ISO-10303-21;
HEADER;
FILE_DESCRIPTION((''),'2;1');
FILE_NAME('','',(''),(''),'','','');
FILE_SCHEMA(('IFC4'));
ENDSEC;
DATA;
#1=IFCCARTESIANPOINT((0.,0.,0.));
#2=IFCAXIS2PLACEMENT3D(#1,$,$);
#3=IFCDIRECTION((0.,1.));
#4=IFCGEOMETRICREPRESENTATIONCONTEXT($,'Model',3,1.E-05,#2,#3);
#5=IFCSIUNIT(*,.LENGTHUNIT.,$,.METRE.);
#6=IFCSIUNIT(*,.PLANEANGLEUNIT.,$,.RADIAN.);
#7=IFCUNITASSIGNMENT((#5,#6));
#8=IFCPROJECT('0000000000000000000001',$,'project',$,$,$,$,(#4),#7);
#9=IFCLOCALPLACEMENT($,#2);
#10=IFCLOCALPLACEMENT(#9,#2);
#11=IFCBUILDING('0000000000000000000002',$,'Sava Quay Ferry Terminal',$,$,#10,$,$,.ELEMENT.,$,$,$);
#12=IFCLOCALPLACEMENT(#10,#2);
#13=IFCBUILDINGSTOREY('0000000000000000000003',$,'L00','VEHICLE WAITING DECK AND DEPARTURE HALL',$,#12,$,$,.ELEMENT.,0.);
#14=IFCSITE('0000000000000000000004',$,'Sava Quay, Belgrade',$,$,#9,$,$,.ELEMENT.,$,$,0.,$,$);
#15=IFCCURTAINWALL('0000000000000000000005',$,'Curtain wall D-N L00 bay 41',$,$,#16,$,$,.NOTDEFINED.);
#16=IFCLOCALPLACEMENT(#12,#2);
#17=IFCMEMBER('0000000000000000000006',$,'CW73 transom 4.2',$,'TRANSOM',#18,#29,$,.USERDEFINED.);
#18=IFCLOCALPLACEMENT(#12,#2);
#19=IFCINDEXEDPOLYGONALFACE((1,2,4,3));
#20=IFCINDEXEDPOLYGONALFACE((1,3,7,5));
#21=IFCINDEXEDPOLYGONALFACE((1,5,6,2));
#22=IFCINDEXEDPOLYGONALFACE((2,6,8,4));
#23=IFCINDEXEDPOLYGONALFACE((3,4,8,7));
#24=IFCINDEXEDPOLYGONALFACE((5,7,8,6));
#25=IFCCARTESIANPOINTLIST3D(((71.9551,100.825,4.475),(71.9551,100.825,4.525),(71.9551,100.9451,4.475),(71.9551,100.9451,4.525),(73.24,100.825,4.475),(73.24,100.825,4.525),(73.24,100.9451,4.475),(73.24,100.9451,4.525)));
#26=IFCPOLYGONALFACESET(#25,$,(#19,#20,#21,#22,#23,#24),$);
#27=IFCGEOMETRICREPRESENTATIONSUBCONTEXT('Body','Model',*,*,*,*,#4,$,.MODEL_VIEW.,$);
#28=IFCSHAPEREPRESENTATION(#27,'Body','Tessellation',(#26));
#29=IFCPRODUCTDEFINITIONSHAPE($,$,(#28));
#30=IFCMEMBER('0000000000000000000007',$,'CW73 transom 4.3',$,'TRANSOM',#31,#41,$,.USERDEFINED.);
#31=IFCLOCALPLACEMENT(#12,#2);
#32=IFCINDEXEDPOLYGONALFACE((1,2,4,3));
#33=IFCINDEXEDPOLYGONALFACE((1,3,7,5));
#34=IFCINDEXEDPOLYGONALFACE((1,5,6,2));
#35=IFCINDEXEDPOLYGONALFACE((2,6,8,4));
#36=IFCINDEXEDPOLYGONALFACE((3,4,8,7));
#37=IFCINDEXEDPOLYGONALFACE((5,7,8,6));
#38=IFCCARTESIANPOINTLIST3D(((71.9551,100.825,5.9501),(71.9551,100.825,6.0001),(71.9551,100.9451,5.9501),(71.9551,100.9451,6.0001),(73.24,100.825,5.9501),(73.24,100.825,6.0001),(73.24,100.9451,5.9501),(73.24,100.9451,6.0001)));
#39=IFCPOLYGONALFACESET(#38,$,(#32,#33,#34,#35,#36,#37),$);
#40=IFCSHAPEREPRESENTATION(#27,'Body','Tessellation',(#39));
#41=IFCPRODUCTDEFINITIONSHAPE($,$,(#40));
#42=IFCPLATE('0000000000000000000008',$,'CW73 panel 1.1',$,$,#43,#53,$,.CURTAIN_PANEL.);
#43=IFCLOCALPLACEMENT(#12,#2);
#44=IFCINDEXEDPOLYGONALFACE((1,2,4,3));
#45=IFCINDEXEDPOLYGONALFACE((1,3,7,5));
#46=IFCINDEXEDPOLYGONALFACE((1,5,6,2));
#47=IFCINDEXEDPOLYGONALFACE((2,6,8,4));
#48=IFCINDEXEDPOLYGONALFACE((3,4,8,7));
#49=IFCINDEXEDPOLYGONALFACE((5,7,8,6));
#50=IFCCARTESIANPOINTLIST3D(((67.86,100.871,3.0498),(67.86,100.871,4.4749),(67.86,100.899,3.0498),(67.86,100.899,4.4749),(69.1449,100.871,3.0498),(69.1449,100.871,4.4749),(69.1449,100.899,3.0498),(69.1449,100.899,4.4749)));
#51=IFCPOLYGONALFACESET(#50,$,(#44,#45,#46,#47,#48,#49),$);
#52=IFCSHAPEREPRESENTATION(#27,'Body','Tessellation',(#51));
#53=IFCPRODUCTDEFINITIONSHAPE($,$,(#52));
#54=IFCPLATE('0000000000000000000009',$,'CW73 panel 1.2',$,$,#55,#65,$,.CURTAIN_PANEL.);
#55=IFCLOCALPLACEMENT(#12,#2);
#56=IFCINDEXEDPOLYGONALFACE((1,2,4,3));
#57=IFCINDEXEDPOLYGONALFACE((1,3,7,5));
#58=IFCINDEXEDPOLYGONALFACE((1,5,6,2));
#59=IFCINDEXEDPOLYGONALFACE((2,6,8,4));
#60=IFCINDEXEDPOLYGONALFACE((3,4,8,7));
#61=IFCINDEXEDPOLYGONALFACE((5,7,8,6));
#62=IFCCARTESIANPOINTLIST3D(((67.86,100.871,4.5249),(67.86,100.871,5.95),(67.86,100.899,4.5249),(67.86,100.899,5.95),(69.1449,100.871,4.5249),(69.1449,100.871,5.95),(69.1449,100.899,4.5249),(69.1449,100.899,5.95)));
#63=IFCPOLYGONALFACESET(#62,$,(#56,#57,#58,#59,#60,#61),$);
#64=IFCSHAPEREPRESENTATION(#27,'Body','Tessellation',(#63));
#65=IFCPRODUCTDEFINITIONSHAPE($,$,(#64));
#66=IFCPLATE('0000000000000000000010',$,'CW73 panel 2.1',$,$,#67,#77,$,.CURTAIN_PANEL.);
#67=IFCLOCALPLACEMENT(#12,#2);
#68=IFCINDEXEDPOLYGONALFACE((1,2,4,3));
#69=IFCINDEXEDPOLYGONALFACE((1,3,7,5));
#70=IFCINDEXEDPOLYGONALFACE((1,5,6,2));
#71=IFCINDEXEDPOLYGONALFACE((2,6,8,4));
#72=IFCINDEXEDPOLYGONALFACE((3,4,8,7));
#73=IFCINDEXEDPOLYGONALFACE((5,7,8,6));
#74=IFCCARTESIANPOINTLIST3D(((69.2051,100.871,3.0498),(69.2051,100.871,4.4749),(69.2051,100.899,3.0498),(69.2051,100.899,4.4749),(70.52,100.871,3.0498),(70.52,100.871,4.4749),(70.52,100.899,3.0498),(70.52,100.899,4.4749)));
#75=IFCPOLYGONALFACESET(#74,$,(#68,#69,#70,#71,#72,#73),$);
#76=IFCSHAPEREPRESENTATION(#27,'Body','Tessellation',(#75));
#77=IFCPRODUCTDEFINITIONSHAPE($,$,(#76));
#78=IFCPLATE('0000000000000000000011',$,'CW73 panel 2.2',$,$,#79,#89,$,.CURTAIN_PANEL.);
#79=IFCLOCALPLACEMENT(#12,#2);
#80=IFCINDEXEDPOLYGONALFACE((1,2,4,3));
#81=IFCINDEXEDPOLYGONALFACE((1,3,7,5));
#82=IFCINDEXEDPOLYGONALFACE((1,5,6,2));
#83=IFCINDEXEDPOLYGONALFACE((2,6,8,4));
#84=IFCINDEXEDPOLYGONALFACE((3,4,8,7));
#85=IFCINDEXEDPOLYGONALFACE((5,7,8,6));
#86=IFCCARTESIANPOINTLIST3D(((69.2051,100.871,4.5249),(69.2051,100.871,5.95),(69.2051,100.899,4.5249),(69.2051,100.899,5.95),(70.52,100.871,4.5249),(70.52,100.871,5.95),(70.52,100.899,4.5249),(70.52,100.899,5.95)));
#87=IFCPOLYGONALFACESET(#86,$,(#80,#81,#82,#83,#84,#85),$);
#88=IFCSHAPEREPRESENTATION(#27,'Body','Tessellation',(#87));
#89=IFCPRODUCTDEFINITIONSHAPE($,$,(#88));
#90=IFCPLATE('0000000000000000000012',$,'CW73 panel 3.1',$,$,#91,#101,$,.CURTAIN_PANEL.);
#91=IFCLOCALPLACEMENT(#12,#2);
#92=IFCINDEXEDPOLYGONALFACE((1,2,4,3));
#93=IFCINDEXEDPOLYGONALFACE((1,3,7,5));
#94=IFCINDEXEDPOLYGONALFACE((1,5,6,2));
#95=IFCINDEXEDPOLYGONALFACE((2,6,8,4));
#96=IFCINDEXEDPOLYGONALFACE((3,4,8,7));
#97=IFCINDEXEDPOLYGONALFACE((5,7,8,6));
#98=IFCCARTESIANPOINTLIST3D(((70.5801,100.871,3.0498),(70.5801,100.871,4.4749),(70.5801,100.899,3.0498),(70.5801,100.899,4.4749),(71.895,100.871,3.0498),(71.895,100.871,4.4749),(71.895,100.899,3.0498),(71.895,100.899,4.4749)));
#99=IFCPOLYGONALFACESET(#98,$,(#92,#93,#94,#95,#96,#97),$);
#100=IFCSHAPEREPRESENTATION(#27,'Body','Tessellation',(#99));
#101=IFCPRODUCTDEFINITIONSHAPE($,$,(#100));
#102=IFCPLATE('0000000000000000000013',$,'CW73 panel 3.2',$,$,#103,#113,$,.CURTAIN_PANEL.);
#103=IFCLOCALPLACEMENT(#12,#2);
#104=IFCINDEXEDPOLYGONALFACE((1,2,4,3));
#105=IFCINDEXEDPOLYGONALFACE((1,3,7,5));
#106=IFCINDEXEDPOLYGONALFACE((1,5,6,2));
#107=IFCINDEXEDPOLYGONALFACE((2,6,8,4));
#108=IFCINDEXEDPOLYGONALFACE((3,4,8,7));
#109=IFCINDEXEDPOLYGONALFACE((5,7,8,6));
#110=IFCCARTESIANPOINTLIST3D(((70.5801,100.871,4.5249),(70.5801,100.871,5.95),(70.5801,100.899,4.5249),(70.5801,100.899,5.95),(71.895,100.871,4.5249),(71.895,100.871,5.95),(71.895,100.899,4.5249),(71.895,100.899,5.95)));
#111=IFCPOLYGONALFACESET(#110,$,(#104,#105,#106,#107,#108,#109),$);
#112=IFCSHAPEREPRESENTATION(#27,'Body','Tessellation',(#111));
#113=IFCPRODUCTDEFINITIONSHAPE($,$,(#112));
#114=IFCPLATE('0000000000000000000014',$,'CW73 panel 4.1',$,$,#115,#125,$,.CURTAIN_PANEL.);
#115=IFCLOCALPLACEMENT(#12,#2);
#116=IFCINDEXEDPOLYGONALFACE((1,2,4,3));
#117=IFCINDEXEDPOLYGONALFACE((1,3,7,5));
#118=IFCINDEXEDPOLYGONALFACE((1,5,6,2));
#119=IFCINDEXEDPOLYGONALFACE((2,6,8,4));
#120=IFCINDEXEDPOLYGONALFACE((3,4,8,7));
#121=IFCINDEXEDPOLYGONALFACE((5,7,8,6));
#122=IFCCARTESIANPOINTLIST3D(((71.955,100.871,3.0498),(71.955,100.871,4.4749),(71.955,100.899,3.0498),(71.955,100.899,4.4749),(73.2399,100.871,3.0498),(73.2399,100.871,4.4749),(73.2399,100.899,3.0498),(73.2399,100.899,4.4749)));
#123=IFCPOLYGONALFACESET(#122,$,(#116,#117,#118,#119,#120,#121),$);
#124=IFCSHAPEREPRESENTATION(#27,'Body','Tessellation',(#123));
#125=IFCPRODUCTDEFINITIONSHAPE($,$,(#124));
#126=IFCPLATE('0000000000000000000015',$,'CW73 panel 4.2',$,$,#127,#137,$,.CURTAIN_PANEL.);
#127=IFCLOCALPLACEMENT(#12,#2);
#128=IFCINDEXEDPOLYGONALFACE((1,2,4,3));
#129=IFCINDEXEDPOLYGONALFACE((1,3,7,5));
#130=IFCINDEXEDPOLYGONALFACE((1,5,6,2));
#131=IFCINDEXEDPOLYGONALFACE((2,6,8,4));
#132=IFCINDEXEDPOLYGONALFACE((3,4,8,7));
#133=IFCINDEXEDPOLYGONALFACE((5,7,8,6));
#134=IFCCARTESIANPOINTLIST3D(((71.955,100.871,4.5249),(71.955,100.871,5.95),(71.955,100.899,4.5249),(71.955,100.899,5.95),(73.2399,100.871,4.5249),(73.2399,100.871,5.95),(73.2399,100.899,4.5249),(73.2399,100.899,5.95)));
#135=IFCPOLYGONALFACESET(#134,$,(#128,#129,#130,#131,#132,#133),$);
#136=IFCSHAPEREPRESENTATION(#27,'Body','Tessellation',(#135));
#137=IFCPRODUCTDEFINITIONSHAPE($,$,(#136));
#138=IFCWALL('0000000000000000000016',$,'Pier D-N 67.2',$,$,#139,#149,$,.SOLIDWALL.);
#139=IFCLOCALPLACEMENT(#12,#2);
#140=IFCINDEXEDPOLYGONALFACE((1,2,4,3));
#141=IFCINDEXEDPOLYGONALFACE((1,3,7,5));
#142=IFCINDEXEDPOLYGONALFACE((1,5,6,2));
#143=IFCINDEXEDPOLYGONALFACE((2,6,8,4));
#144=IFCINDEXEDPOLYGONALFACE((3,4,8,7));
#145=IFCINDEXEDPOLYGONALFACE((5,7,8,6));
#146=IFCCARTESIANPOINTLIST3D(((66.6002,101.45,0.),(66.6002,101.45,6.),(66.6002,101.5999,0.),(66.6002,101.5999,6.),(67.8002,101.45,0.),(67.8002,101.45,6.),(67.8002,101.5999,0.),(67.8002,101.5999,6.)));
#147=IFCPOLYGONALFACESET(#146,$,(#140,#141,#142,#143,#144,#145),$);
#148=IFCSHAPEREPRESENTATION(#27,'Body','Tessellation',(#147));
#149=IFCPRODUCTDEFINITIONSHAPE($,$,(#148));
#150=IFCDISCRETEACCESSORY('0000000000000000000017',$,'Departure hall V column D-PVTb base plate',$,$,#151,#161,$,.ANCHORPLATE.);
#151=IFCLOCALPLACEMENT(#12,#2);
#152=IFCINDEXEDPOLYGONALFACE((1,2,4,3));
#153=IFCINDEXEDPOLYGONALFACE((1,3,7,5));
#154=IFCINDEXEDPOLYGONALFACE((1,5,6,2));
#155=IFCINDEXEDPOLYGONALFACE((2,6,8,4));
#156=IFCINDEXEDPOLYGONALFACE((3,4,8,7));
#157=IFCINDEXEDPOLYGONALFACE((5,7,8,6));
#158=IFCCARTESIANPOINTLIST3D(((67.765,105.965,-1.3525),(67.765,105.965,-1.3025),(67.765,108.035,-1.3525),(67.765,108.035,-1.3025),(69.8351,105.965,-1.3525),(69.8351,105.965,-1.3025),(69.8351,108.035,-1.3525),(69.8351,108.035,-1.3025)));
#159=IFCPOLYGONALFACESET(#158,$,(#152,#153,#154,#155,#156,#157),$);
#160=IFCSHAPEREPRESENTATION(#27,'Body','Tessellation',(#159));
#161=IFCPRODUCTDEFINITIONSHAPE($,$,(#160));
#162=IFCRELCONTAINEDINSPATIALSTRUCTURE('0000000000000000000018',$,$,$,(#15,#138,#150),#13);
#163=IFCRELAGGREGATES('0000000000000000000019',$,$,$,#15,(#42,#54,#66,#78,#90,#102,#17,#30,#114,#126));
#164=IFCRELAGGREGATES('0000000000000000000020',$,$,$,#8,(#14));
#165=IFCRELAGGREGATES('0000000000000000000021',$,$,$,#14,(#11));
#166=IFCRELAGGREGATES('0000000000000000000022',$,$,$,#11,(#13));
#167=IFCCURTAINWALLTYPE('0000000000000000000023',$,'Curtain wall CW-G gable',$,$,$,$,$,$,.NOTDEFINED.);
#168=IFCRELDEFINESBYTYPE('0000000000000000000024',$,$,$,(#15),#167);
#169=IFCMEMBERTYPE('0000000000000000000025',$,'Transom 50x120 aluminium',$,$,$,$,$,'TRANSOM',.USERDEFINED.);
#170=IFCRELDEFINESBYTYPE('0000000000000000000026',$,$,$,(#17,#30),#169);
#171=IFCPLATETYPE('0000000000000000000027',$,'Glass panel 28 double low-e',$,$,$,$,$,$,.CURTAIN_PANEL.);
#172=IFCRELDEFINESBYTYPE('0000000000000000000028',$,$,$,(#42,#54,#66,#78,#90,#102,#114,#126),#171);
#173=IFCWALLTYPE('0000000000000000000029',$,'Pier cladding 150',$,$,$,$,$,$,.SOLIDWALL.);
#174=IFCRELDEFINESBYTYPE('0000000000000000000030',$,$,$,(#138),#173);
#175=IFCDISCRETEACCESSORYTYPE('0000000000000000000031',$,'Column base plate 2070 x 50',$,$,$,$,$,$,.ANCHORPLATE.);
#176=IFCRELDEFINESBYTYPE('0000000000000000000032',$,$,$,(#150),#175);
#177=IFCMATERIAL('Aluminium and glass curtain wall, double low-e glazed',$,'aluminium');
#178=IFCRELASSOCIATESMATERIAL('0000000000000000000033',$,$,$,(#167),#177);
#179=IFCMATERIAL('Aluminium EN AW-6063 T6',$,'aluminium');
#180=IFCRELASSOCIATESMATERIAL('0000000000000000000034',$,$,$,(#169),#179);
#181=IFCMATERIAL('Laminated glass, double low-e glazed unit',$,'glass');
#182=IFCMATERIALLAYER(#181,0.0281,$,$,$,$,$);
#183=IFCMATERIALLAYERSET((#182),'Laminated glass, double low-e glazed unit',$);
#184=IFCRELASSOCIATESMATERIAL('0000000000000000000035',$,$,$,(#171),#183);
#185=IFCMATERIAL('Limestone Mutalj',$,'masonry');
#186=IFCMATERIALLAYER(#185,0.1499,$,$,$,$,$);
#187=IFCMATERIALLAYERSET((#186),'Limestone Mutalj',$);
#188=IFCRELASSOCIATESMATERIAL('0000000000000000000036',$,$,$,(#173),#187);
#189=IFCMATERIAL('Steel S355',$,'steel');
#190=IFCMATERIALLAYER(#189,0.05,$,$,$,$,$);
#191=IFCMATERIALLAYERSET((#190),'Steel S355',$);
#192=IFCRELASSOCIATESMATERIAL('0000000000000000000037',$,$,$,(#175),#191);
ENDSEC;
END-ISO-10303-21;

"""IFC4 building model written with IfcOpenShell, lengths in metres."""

from ifc_helpers import new_model, si_unit, direction, frame, frame_2d, origin, origin_2d, place, context, subcontext, project, spatial, rectangle, extrude, material, layer, layer_set, material_profile, profile_set, type_object, element, aggregate, save


model = new_model("IFC4")

# Units and contexts
model_context = context("Model", 3, precision=1e-05, world=origin(), true_north=direction((0.0, 1.0)))
body_context = subcontext(model_context, "Body", "Model", "MODEL_VIEW")
ifc_project = project(units=[si_unit("LENGTHUNIT", "METRE"), si_unit("PLANEANGLEUNIT", "RADIAN")], contexts=[model_context])

# Site, building, storey
site_placement = place(None, origin())
site = spatial("IfcSite", under=ifc_project, at=site_placement, Name="Sava Quay, Belgrade", CompositionType="ELEMENT", RefElevation=0.0)
building_placement = place(site_placement, origin())
building = spatial("IfcBuilding", under=site, at=building_placement, Name="Sava Quay Ferry Terminal", CompositionType="ELEMENT")
storey_placement = place(building_placement, origin())
storey = spatial("IfcBuildingStorey", under=building, at=storey_placement, Name="L00", Description="VEHICLE WAITING DECK AND DEPARTURE HALL", CompositionType="ELEMENT", Elevation=0.0)

# Curtain wall
ifc_material_1 = material(Name="Aluminium and glass curtain wall, double low-e glazed", Category="aluminium")
curtain_wall_type = type_object("IfcCurtainWallType", Name="Curtain wall CW-G gable", PredefinedType="NOTDEFINED", material=ifc_material_1)
curtain_wall_1_placement = place(storey_placement, origin())
curtain_wall_1 = element("IfcCurtainWall", 1, at=curtain_wall_1_placement, inside=storey, type_object=curtain_wall_type, Name="Curtain wall D-N L00 bay 41", PredefinedType="NOTDEFINED")

# Members
ifc_material_2 = material(Name="Aluminium EN AW-6063 T6", Category="aluminium")
ifc_material_profile_1 = material_profile(ifc_material_2, rectangle(XDim=0.1201, YDim=0.05, at=origin_2d()), Name="Transom 50x120 aluminium")
ifc_profile_set_1 = profile_set([ifc_material_profile_1], Name="Aluminium EN AW-6063 T6")
member_type_1 = type_object("IfcMemberType", Name="Transom 50x120 aluminium", ElementType="TRANSOM", PredefinedType="USERDEFINED", material=ifc_profile_set_1)
member_1_placement = place(storey_placement, frame((71.9551, 100.885, 4.5), z_axis=(1.0, 0.0, 0.0), x_axis=(0.0, 1.0, 0.0)))
member_1 = element("IfcMember", 2, at=member_1_placement, type_object=member_type_1, Name="CW73 transom 4.2", ObjectType="TRANSOM", PredefinedType="USERDEFINED", context=body_context, shape_type="SweptSolid", body=[
    extrude(rectangle(XDim=0.1201, YDim=0.05, at=origin_2d()), origin(), (0.0, 0.0, 1.0), 1.2849),
])
member_2_placement = place(storey_placement, frame((71.9551, 100.885, 5.9751), z_axis=(1.0, 0.0, 0.0), x_axis=(0.0, 1.0, 0.0)))
member_2 = element("IfcMember", 3, at=member_2_placement, type_object=member_type_1, Name="CW73 transom 4.3", ObjectType="TRANSOM", PredefinedType="USERDEFINED", context=body_context, shape_type="SweptSolid", body=[
    extrude(rectangle(XDim=0.1201, YDim=0.05, at=origin_2d()), origin(), (0.0, 0.0, 1.0), 1.2849),
])

# Plates
ifc_material_3 = material(Name="Laminated glass, double low-e glazed unit", Category="glass")
ifc_layer_1 = layer(ifc_material_3, 0.0281)
ifc_layer_set_1 = layer_set([ifc_layer_1], Name="Laminated glass, double low-e glazed unit")
plate_type = type_object("IfcPlateType", Name="Glass panel 28 double low-e", PredefinedType="CURTAIN_PANEL", material=ifc_layer_set_1)
plate_1_placement = place(storey_placement, frame((68.5024, 100.885, 3.0498), z_axis=(0.0, 0.0, 1.0), x_axis=(1.0, 0.0, 0.0)))
plate_1 = element("IfcPlate", 4, at=plate_1_placement, type_object=plate_type, Name="CW73 panel 1.1", PredefinedType="CURTAIN_PANEL", context=body_context, shape_type="SweptSolid", body=[
    extrude(rectangle(XDim=1.2849, YDim=0.0281, at=origin_2d()), origin(), (0.0, 0.0, 1.0), 1.425),
])
plate_2_placement = place(storey_placement, frame((68.5024, 100.885, 4.5249), z_axis=(0.0, 0.0, 1.0), x_axis=(1.0, 0.0, 0.0)))
plate_2 = element("IfcPlate", 5, at=plate_2_placement, type_object=plate_type, Name="CW73 panel 1.2", PredefinedType="CURTAIN_PANEL", context=body_context, shape_type="SweptSolid", body=[
    extrude(rectangle(XDim=1.2849, YDim=0.0281, at=origin_2d()), origin(), (0.0, 0.0, 1.0), 1.425),
])
plate_3_placement = place(storey_placement, frame((69.8625, 100.885, 3.0498), z_axis=(0.0, 0.0, 1.0), x_axis=(1.0, 0.0, 0.0)))
plate_3 = element("IfcPlate", 6, at=plate_3_placement, type_object=plate_type, Name="CW73 panel 2.1", PredefinedType="CURTAIN_PANEL", context=body_context, shape_type="SweptSolid", body=[
    extrude(rectangle(XDim=1.3149, YDim=0.0281, at=origin_2d()), origin(), (0.0, 0.0, 1.0), 1.425),
])
plate_4_placement = place(storey_placement, frame((69.8625, 100.885, 4.5249), z_axis=(0.0, 0.0, 1.0), x_axis=(1.0, 0.0, 0.0)))
plate_4 = element("IfcPlate", 7, at=plate_4_placement, type_object=plate_type, Name="CW73 panel 2.2", PredefinedType="CURTAIN_PANEL", context=body_context, shape_type="SweptSolid", body=[
    extrude(rectangle(XDim=1.3149, YDim=0.0281, at=origin_2d()), origin(), (0.0, 0.0, 1.0), 1.425),
])
plate_5_placement = place(storey_placement, frame((71.2375, 100.885, 3.0498), z_axis=(0.0, 0.0, 1.0), x_axis=(1.0, 0.0, 0.0)))
plate_5 = element("IfcPlate", 8, at=plate_5_placement, type_object=plate_type, Name="CW73 panel 3.1", PredefinedType="CURTAIN_PANEL", context=body_context, shape_type="SweptSolid", body=[
    extrude(rectangle(XDim=1.3149, YDim=0.0281, at=origin_2d()), origin(), (0.0, 0.0, 1.0), 1.425),
])
plate_6_placement = place(storey_placement, frame((71.2375, 100.885, 4.5249), z_axis=(0.0, 0.0, 1.0), x_axis=(1.0, 0.0, 0.0)))
plate_6 = element("IfcPlate", 9, at=plate_6_placement, type_object=plate_type, Name="CW73 panel 3.2", PredefinedType="CURTAIN_PANEL", context=body_context, shape_type="SweptSolid", body=[
    extrude(rectangle(XDim=1.3149, YDim=0.0281, at=origin_2d()), origin(), (0.0, 0.0, 1.0), 1.425),
])
plate_7_placement = place(storey_placement, frame((72.5974, 100.885, 3.0498), z_axis=(0.0, 0.0, 1.0), x_axis=(1.0, 0.0, 0.0)))
plate_7 = element("IfcPlate", 10, at=plate_7_placement, type_object=plate_type, Name="CW73 panel 4.1", PredefinedType="CURTAIN_PANEL", context=body_context, shape_type="SweptSolid", body=[
    extrude(rectangle(XDim=1.2849, YDim=0.0281, at=origin_2d()), origin(), (0.0, 0.0, 1.0), 1.425),
])
plate_8_placement = place(storey_placement, frame((72.5974, 100.885, 4.5249), z_axis=(0.0, 0.0, 1.0), x_axis=(1.0, 0.0, 0.0)))
plate_8 = element("IfcPlate", 11, at=plate_8_placement, type_object=plate_type, Name="CW73 panel 4.2", PredefinedType="CURTAIN_PANEL", context=body_context, shape_type="SweptSolid", body=[
    extrude(rectangle(XDim=1.2849, YDim=0.0281, at=origin_2d()), origin(), (0.0, 0.0, 1.0), 1.425),
])
aggregate(curtain_wall_1, [plate_1, plate_2, plate_3, plate_4, plate_5, plate_6, member_1, member_2, plate_7, plate_8])

# Wall
ifc_material_4 = material(Name="Limestone Mutalj", Category="masonry")
ifc_layer_2 = layer(ifc_material_4, 0.1499)
ifc_layer_set_2 = layer_set([ifc_layer_2], Name="Limestone Mutalj")
wall_type = type_object("IfcWallType", Name="Pier cladding 150", PredefinedType="SOLIDWALL", material=ifc_layer_set_2)
wall_placement = place(storey_placement, frame((66.6001, 101.5249, 0.0), z_axis=(0.0, 0.0, 1.0), x_axis=(1.0, 0.0, 0.0)))
element("IfcWall", 12, at=wall_placement, inside=storey, type_object=wall_type, Name="Pier D-N 67.2", PredefinedType="SOLIDWALL", context=body_context, shape_type="SweptSolid", body=[
    extrude(rectangle(XDim=1.2, YDim=0.1499, at=frame_2d((0.6001, 0.0))), origin(), (0.0, 0.0, 1.0), 6.0),
])

# Discrete accessory
ifc_material_5 = material(Name="Steel S355", Category="steel")
ifc_layer_3 = layer(ifc_material_5, 0.05)
ifc_layer_set_3 = layer_set([ifc_layer_3], Name="Steel S355")
discrete_accessory_type = type_object("IfcDiscreteAccessoryType", Name="Column base plate 2070 x 50", PredefinedType="ANCHORPLATE", material=ifc_layer_set_3)
discrete_accessory_placement = place(storey_placement, frame((68.8, 107.0, -1.3525), z_axis=(0.0, 0.0, 1.0), x_axis=(1.0, 0.0, 0.0)))
element("IfcDiscreteAccessory", 13, at=discrete_accessory_placement, inside=storey, type_object=discrete_accessory_type, Name="Departure hall V column D-PVTb base plate", PredefinedType="ANCHORPLATE", context=body_context, shape_type="SweptSolid", body=[
    extrude(rectangle(XDim=2.0701, YDim=2.0701, at=origin_2d()), origin(), (0.0, 0.0, 1.0), 0.05),
])

save(model, "model.ifc")
